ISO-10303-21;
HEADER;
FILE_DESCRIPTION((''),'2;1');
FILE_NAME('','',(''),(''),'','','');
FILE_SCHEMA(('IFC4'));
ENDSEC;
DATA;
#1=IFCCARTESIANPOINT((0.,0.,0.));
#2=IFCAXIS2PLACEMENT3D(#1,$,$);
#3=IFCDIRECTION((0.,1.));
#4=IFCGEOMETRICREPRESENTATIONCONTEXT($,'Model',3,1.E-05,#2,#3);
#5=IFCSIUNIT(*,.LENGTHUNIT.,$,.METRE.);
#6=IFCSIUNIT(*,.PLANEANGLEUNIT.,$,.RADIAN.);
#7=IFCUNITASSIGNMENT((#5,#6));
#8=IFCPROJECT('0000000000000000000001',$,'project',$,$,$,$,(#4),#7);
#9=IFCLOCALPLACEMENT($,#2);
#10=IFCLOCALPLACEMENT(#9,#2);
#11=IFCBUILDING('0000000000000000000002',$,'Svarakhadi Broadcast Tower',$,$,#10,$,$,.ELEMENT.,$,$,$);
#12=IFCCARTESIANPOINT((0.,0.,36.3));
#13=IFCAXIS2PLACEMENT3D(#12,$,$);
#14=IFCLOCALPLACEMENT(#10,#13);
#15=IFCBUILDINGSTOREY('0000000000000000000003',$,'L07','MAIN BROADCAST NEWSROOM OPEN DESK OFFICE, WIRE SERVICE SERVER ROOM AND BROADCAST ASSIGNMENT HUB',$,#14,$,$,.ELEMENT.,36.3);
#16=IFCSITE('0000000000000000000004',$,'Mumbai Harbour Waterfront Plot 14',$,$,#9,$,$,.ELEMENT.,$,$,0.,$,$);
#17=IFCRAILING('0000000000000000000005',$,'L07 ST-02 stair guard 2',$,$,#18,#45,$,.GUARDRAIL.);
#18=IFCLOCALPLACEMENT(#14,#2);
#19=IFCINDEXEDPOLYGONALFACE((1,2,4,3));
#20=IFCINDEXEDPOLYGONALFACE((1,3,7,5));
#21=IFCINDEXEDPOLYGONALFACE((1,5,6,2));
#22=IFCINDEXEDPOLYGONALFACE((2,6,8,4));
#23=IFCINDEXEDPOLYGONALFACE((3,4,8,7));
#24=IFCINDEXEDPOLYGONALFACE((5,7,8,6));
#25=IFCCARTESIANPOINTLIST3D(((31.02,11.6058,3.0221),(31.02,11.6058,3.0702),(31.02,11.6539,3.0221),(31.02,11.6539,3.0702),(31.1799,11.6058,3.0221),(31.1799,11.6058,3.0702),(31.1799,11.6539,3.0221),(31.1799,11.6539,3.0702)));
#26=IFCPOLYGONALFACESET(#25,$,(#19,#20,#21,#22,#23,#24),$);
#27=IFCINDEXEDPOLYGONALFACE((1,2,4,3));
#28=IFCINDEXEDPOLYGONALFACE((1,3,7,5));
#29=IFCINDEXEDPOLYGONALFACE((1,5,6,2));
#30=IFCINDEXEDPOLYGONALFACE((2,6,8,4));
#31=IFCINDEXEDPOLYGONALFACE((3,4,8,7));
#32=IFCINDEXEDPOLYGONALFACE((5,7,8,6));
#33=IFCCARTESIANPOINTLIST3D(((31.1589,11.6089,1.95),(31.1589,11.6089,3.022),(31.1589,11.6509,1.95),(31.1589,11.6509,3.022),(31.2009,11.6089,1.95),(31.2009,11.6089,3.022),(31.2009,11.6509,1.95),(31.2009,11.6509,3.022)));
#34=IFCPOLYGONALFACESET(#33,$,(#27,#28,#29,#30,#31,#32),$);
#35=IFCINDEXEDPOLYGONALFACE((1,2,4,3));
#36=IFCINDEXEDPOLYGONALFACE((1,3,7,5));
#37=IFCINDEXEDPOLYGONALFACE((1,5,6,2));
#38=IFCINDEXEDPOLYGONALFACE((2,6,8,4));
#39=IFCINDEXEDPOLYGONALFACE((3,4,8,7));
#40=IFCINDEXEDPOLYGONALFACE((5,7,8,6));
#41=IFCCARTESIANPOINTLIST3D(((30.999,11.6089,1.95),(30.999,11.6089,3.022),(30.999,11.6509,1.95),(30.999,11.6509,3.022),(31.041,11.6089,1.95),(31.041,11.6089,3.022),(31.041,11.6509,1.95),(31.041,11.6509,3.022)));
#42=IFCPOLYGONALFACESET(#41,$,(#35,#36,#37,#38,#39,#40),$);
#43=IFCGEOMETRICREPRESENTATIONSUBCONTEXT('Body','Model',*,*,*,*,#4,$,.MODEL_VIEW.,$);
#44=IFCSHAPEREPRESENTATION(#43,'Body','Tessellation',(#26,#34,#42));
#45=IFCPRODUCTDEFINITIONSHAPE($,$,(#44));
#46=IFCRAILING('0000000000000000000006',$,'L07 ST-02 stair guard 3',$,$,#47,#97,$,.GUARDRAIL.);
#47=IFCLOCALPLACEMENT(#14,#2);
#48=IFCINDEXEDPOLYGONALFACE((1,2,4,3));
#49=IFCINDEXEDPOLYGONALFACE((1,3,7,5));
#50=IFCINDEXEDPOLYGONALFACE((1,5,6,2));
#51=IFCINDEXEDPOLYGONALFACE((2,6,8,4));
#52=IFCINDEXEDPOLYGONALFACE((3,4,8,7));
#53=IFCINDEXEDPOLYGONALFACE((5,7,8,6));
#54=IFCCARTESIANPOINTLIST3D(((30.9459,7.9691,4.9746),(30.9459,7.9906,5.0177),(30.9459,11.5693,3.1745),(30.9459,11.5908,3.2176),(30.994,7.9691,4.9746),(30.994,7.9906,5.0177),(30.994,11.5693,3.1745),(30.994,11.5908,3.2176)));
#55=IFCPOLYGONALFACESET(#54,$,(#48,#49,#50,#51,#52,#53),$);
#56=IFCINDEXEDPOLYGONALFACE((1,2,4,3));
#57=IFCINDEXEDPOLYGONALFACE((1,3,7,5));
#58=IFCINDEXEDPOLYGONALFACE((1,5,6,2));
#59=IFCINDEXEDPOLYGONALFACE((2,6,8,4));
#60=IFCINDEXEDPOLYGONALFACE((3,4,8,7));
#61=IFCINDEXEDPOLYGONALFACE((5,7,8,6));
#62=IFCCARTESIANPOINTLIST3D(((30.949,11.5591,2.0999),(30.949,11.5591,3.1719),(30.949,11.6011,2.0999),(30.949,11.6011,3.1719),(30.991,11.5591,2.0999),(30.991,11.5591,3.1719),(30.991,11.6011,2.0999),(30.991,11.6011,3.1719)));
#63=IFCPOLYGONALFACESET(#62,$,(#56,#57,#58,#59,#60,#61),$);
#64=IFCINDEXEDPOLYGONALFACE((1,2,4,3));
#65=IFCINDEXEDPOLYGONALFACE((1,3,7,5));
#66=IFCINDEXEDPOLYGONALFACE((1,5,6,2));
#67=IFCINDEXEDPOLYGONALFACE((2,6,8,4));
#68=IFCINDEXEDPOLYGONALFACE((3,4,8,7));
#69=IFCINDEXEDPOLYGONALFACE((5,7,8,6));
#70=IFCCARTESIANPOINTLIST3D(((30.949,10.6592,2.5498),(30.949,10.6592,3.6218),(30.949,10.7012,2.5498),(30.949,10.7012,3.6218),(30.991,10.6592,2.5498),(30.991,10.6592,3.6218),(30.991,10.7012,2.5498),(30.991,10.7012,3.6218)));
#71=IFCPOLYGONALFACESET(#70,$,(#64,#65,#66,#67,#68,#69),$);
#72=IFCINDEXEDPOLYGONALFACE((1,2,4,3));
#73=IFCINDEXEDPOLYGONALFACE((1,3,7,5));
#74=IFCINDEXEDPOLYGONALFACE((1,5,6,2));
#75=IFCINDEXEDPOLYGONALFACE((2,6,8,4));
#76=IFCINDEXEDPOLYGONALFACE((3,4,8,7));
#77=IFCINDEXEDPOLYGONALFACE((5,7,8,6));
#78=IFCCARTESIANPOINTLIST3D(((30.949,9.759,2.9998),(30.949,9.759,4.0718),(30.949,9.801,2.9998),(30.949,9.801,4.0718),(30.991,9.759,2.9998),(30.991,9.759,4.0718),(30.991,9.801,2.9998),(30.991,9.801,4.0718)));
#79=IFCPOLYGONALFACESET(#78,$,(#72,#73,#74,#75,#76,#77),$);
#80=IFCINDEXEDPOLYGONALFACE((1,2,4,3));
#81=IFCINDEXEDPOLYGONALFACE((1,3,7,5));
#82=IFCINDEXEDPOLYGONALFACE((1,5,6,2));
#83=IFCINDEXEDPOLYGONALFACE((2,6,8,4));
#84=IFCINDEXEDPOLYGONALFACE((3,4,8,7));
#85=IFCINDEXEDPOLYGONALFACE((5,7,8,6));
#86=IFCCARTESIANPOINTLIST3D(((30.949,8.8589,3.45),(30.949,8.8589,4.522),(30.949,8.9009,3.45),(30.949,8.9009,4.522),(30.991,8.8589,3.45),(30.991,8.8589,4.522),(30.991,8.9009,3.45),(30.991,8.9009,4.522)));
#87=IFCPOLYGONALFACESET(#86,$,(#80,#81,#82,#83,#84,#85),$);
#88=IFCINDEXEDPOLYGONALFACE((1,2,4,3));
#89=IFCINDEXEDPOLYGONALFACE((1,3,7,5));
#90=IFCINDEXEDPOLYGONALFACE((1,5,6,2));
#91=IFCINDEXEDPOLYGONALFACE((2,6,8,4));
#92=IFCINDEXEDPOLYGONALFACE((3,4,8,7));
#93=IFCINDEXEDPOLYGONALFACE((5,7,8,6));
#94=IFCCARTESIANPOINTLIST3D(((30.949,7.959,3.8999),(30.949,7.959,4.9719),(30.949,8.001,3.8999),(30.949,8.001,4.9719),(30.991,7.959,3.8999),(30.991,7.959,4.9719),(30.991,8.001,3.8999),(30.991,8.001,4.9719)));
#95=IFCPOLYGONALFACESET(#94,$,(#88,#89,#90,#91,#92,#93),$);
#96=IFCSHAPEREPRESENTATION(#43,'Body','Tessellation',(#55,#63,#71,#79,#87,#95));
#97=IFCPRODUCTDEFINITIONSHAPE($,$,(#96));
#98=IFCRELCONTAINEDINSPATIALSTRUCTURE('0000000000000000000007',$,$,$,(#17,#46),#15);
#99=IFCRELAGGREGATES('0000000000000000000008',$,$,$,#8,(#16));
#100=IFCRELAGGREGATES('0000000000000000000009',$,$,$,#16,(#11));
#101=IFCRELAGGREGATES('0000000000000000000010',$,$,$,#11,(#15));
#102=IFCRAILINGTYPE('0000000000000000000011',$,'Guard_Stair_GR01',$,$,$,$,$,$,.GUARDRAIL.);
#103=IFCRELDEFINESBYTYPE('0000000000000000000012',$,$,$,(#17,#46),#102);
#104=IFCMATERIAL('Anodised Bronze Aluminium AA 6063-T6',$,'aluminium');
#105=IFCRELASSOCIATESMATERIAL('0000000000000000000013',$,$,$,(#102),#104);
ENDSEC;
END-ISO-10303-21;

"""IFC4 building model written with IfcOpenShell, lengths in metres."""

from ifc_helpers import new_model, si_unit, direction, frame, origin, origin_2d, place, context, subcontext, project, spatial, rectangle, extrude, material, type_object, element, save


model = new_model("IFC4")

# Units and contexts
model_context = context("Model", 3, precision=1e-05, world=origin(), true_north=direction((0.0, 1.0)))
body_context = subcontext(model_context, "Body", "Model", "MODEL_VIEW")
ifc_project = project(units=[si_unit("LENGTHUNIT", "METRE"), si_unit("PLANEANGLEUNIT", "RADIAN")], contexts=[model_context])

# Site, building, storey
site_placement = place(None, origin())
site = spatial("IfcSite", under=ifc_project, at=site_placement, Name="Mumbai Harbour Waterfront Plot 14", CompositionType="ELEMENT", RefElevation=0.0)
building_placement = place(site_placement, origin())
building = spatial("IfcBuilding", under=site, at=building_placement, Name="Svarakhadi Broadcast Tower", CompositionType="ELEMENT")
storey_placement = place(building_placement, frame((0.0, 0.0, 36.3)))
storey = spatial("IfcBuildingStorey", under=building, at=storey_placement, Name="L07", Description="MAIN BROADCAST NEWSROOM OPEN DESK OFFICE, WIRE SERVICE SERVER ROOM AND BROADCAST ASSIGNMENT HUB", CompositionType="ELEMENT", Elevation=36.3)

# Shared definitions
ifc_material_1 = material(Name="Anodised Bronze Aluminium AA 6063-T6", Category="aluminium")

# Railings
railing_type = type_object("IfcRailingType", Name="Guard_Stair_GR01", PredefinedType="GUARDRAIL", material=ifc_material_1)
railing_1_placement = place(storey_placement, frame((31.1799, 11.6299, 1.95)))
element("IfcRailing", 1, at=railing_1_placement, inside=storey, type_object=railing_type, Name="L07 ST-02 stair guard 2", PredefinedType="GUARDRAIL", context=body_context, shape_type="SweptSolid", body=[
    extrude(rectangle(XDim=0.0481, YDim=0.0481, at=origin_2d()), frame((0.0, 0.0, 1.0962), z_axis=(-1.0, 0.0, 0.0), x_axis=(0.0, -1.0, 0.0)), (0.0, 0.0, 1.0), 0.1599),
    extrude(rectangle(XDim=0.042, YDim=0.042, at=origin_2d()), origin(), (0.0, 0.0, 1.0), 1.072),
    extrude(rectangle(XDim=0.042, YDim=0.042, at=origin_2d()), frame((-0.1599, 0.0, 0.0)), (0.0, 0.0, 1.0), 1.072),
])
railing_2_placement = place(storey_placement, frame((30.97, 11.5801, 2.0999)))
element("IfcRailing", 2, at=railing_2_placement, inside=storey, type_object=railing_type, Name="L07 ST-02 stair guard 3", PredefinedType="GUARDRAIL", context=body_context, shape_type="SweptSolid", body=[
    extrude(rectangle(XDim=0.0481, YDim=0.0481, at=origin_2d()), frame((0.0, 0.0, 1.0962), z_axis=(0.0, -0.894427, 0.447214), x_axis=(1.0, 0.0, 0.0)), (0.0, 0.0, 1.0), 4.0251),
    extrude(rectangle(XDim=0.042, YDim=0.042, at=origin_2d()), origin(), (0.0, 0.0, 1.0), 1.072),
    extrude(rectangle(XDim=0.042, YDim=0.042, at=origin_2d()), frame((0.0, -0.8999, 0.45)), (0.0, 0.0, 1.0), 1.072),
    extrude(rectangle(XDim=0.042, YDim=0.042, at=origin_2d()), frame((0.0, -1.8, 0.8999)), (0.0, 0.0, 1.0), 1.072),
    extrude(rectangle(XDim=0.042, YDim=0.042, at=origin_2d()), frame((0.0, -2.7002, 1.3501)), (0.0, 0.0, 1.0), 1.072),
    extrude(rectangle(XDim=0.042, YDim=0.042, at=origin_2d()), frame((0.0, -3.6001, 1.8)), (0.0, 0.0, 1.0), 1.072),
])

save(model, "model.ifc")
